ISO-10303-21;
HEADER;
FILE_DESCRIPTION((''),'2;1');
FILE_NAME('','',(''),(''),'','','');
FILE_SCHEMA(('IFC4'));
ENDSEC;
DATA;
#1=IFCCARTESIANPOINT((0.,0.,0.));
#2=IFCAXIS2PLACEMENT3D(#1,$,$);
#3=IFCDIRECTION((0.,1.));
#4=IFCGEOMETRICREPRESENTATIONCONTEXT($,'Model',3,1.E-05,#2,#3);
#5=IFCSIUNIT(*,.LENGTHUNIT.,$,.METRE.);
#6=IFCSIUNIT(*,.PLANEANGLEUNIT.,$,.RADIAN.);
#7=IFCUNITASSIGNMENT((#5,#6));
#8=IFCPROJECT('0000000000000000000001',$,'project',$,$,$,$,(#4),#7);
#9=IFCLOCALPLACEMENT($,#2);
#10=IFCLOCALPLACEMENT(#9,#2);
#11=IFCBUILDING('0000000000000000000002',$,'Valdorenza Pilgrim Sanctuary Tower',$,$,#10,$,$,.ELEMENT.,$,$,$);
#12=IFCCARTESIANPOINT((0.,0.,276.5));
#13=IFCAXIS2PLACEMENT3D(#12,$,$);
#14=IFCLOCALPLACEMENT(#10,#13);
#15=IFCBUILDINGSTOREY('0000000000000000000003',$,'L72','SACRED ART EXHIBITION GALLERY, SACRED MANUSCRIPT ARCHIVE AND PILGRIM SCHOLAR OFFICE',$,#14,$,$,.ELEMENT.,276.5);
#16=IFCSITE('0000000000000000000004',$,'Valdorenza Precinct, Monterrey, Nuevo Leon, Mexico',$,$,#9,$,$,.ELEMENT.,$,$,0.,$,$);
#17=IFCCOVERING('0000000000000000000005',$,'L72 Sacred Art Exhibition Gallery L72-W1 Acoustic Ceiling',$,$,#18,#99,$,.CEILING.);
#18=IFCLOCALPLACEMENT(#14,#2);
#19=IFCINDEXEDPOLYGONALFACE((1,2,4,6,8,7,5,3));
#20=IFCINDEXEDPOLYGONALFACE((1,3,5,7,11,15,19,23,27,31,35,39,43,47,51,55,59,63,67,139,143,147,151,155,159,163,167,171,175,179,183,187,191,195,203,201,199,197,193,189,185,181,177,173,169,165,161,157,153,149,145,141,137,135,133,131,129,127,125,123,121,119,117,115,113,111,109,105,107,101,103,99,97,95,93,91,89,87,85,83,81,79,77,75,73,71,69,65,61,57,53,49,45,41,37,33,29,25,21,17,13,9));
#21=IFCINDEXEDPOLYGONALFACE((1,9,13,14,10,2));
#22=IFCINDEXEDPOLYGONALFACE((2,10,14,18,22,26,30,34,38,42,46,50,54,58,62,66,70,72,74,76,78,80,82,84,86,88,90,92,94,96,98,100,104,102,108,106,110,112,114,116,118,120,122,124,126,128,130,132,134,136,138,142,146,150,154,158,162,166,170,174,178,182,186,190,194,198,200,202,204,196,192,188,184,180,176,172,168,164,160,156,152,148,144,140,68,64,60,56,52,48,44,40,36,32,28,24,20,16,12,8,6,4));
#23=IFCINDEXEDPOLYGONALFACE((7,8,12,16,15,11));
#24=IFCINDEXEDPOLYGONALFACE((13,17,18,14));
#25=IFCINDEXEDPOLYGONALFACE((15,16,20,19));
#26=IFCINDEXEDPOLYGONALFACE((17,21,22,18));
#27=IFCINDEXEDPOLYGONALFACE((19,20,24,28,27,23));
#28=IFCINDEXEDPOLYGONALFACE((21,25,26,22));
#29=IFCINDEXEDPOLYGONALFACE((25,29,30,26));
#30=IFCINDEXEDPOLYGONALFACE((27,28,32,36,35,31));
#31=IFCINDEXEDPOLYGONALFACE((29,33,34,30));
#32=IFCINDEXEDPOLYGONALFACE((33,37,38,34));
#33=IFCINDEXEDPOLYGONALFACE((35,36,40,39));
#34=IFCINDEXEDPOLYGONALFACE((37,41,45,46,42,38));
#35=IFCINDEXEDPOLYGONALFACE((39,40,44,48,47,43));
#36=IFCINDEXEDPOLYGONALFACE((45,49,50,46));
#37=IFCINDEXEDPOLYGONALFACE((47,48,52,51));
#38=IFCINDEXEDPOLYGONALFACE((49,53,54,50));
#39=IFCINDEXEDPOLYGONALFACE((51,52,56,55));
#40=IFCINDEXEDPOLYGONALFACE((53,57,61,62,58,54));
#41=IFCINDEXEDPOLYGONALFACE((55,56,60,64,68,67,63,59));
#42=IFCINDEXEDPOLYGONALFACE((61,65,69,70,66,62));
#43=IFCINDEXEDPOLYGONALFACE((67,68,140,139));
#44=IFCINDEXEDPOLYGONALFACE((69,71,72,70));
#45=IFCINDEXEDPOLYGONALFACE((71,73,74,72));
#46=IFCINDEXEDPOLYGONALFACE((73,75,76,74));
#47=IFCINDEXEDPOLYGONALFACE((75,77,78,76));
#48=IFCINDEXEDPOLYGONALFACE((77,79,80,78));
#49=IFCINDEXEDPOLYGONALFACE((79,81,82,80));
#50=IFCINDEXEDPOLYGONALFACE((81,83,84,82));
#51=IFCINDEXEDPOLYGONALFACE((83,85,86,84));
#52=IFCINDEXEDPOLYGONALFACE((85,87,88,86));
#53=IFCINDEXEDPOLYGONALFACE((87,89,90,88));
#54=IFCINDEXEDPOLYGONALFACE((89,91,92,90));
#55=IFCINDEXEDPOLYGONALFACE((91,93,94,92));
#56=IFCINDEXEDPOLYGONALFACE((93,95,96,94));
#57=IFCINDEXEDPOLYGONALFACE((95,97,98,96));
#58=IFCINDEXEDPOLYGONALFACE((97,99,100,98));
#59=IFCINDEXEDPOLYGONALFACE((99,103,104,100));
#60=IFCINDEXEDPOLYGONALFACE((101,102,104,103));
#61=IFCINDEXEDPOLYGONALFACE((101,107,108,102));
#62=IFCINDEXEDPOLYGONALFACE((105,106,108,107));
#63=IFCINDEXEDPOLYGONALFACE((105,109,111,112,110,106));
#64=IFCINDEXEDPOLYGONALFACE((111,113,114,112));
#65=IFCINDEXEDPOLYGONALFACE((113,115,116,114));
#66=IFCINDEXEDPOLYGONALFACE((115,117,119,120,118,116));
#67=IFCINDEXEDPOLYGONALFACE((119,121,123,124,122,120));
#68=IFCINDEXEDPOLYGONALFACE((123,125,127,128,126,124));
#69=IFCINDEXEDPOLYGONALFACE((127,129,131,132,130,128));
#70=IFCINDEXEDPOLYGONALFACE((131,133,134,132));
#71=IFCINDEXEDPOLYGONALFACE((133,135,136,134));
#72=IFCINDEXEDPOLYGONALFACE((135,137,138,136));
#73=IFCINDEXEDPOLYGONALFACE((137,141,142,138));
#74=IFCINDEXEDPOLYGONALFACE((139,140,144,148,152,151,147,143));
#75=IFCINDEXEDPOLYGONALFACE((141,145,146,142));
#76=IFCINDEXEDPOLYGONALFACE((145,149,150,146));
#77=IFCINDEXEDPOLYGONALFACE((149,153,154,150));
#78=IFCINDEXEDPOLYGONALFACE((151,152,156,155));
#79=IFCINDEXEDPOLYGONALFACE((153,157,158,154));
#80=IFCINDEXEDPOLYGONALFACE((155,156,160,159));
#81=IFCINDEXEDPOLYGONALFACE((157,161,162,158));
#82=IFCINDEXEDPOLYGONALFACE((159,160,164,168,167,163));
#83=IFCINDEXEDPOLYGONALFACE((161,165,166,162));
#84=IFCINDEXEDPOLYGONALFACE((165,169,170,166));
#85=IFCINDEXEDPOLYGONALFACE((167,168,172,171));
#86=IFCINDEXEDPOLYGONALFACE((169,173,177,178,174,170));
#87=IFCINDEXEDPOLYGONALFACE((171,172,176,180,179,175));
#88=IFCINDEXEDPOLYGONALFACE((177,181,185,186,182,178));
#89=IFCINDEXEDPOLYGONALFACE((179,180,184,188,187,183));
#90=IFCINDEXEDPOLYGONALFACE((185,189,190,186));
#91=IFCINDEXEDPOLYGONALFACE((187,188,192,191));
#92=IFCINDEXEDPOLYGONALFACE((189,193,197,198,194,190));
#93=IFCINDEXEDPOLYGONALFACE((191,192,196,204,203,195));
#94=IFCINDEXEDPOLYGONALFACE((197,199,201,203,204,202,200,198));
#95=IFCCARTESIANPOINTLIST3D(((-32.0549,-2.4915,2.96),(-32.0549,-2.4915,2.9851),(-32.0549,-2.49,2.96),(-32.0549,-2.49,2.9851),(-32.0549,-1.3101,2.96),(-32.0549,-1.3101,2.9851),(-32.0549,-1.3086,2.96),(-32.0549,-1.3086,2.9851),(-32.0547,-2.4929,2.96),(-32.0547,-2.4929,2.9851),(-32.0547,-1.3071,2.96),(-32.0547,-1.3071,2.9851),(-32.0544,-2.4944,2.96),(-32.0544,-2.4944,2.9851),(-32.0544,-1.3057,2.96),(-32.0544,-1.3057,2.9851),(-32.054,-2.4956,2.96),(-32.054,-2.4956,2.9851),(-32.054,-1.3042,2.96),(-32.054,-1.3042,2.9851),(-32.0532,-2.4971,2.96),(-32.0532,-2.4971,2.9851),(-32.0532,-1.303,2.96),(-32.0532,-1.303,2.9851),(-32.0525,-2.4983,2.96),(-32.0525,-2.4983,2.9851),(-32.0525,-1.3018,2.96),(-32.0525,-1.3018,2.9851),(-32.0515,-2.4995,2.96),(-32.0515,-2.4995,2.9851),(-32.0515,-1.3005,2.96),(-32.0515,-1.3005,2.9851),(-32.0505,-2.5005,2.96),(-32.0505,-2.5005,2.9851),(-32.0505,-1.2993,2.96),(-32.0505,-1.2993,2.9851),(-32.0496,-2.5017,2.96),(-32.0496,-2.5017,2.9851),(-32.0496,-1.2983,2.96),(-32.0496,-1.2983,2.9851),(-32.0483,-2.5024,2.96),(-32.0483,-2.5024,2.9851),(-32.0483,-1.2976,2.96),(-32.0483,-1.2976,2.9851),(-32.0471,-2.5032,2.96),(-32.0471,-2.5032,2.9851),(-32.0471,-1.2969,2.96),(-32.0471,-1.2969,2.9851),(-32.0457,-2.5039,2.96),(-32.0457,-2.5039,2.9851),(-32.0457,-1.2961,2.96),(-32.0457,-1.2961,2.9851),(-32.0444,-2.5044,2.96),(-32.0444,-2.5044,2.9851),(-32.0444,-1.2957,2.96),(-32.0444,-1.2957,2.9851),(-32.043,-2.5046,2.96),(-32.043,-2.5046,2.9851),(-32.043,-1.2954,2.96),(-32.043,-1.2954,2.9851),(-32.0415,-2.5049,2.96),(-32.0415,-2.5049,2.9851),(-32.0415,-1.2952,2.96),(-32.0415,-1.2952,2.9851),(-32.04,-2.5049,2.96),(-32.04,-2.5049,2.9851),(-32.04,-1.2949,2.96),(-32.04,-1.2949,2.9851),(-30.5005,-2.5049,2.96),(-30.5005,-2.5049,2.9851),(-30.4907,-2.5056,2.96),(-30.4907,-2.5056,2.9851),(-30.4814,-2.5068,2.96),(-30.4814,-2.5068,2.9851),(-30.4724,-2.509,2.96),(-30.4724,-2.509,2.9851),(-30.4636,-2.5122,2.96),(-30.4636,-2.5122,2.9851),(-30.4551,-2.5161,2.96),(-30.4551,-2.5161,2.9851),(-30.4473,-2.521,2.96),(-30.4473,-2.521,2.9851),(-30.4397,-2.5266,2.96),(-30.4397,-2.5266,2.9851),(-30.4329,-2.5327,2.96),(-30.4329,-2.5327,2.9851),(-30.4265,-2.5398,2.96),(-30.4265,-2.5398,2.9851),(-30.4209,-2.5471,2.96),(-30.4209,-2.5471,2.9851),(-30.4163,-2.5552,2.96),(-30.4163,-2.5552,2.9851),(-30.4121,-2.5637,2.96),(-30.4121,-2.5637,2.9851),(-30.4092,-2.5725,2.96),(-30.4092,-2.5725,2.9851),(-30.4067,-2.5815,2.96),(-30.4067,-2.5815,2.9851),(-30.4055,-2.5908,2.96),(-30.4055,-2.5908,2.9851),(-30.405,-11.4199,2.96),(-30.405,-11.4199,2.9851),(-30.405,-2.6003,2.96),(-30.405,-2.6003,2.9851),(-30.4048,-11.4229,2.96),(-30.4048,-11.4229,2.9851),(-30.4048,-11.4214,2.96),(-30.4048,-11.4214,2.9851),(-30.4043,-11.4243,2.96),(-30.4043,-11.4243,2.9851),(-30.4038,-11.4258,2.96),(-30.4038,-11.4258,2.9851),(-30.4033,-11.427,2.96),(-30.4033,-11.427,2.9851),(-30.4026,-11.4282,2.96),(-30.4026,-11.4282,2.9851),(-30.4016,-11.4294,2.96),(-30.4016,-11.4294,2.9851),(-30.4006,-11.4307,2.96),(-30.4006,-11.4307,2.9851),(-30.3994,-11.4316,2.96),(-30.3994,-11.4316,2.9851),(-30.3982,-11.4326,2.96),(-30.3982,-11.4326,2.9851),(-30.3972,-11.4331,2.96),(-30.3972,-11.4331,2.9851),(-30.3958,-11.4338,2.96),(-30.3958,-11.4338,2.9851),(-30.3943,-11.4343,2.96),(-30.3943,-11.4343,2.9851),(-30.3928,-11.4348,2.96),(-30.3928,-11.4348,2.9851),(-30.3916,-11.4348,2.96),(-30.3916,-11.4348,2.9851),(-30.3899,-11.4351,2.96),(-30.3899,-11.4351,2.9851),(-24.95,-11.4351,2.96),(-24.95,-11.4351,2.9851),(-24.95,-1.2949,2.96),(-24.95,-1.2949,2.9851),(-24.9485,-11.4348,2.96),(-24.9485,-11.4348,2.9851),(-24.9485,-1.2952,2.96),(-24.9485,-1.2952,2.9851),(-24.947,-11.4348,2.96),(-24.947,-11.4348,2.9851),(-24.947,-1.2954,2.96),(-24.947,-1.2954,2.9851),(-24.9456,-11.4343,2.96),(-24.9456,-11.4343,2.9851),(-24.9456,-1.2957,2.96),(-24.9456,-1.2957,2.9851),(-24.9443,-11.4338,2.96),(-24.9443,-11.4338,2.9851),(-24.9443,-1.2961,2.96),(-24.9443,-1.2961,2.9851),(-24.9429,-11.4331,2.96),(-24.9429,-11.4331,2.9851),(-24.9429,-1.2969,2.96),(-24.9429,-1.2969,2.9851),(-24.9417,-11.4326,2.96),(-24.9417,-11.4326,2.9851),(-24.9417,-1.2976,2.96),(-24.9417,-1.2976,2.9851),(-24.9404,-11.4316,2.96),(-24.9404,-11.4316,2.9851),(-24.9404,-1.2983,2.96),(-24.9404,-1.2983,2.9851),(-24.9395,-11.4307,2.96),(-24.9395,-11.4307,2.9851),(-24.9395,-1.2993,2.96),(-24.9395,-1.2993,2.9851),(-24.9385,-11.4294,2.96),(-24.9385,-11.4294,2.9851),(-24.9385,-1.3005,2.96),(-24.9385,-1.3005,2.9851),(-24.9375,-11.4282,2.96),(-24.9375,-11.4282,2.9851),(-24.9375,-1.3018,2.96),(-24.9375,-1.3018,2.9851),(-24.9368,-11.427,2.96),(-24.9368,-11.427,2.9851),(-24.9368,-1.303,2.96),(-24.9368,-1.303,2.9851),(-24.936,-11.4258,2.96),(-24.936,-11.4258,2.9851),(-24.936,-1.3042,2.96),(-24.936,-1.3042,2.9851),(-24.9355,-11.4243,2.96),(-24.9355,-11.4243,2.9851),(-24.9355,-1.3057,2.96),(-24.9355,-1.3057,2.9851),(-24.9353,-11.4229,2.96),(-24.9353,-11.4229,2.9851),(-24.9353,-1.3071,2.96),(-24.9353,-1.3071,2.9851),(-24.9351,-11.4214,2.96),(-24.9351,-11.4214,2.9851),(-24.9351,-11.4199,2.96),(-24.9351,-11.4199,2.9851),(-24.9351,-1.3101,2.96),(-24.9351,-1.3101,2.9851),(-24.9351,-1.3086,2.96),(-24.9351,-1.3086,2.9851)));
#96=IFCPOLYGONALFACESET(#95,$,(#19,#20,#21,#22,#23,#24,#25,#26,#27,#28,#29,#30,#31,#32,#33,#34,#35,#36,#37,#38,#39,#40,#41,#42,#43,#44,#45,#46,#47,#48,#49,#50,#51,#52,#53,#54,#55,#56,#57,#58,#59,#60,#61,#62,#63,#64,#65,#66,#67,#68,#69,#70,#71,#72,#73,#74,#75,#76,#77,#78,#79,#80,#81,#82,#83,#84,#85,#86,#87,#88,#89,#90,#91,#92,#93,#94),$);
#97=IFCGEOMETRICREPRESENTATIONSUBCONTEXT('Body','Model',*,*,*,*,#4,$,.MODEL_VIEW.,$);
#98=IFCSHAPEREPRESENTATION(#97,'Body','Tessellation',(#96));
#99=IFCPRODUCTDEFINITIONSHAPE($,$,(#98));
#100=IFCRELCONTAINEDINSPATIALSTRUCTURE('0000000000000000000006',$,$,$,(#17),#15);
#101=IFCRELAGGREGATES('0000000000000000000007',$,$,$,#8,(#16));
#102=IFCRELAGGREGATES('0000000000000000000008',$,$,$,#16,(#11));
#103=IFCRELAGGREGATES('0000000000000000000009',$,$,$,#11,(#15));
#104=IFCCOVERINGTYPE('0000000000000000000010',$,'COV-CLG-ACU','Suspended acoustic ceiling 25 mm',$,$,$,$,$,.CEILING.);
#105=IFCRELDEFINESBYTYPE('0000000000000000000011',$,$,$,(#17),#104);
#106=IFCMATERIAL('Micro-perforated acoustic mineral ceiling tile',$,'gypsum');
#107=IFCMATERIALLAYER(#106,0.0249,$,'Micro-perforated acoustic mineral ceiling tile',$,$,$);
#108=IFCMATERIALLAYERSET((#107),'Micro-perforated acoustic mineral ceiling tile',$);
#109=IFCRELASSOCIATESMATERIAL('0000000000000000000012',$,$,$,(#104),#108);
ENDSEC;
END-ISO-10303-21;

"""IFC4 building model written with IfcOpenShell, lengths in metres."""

from ifc_helpers import new_model, si_unit, direction, frame, origin, place, context, subcontext, project, spatial, polyline, outline, extrude, material, layer, layer_set, type_object, element, save


model = new_model("IFC4")

# Units and contexts
model_context = context("Model", 3, precision=1e-05, world=origin(), true_north=direction((0.0, 1.0)))
body_context = subcontext(model_context, "Body", "Model", "MODEL_VIEW")
ifc_project = project(units=[si_unit("LENGTHUNIT", "METRE"), si_unit("PLANEANGLEUNIT", "RADIAN")], contexts=[model_context])

# Site, building, storey
site_placement = place(None, origin())
site = spatial("IfcSite", under=ifc_project, at=site_placement, Name="Valdorenza Precinct, Monterrey, Nuevo Leon, Mexico", CompositionType="ELEMENT", RefElevation=0.0)
building_placement = place(site_placement, origin())
building = spatial("IfcBuilding", under=site, at=building_placement, Name="Valdorenza Pilgrim Sanctuary Tower", CompositionType="ELEMENT")
storey_placement = place(building_placement, frame((0.0, 0.0, 276.5)))
storey = spatial("IfcBuildingStorey", under=building, at=storey_placement, Name="L72", Description="SACRED ART EXHIBITION GALLERY, SACRED MANUSCRIPT ARCHIVE AND PILGRIM SCHOLAR OFFICE", CompositionType="ELEMENT", Elevation=276.5)

# Covering
ifc_material_1 = material(Name="Micro-perforated acoustic mineral ceiling tile", Category="gypsum")
ifc_layer_1 = layer(ifc_material_1, 0.0249, Name="Micro-perforated acoustic mineral ceiling tile")
ifc_layer_set_1 = layer_set([ifc_layer_1], Name="Micro-perforated acoustic mineral ceiling tile")
covering_type_1 = type_object("IfcCoveringType", Name="COV-CLG-ACU", Description="Suspended acoustic ceiling 25 mm", PredefinedType="CEILING", material=ifc_layer_set_1)
covering_1_placement = place(storey_placement, frame((0.0, 0.0, 2.96)))
element("IfcCovering", 1, at=covering_1_placement, inside=storey, type_object=covering_type_1, Name="L72 Sacred Art Exhibition Gallery L72-W1 Acoustic Ceiling", PredefinedType="CEILING", context=body_context, shape_type="SweptSolid", body=[
    extrude(outline(polyline([(-24.9351, -11.4199), (-24.9351, -11.4214), (-24.9353, -11.4229), (-24.9355, -11.4243), (-24.936, -11.4258), (-24.9368, -11.427), (-24.9375, -11.4282), (-24.9385, -11.4294), (-24.9395, -11.4307), (-24.9404, -11.4316), (-24.9417, -11.4326), (-24.9429, -11.4331), (-24.9443, -11.4338), (-24.9456, -11.4343), (-24.947, -11.4348), (-24.9485, -11.4348), (-24.95, -11.4351), (-30.3899, -11.4351), (-30.3916, -11.4348), (-30.3928, -11.4348), (-30.3943, -11.4343), (-30.3958, -11.4338), (-30.3972, -11.4331), (-30.3982, -11.4326), (-30.3994, -11.4316), (-30.4006, -11.4307), (-30.4016, -11.4294), (-30.4026, -11.4282), (-30.4033, -11.427), (-30.4038, -11.4258), (-30.4043, -11.4243), (-30.4048, -11.4229), (-30.4048, -11.4214), (-30.405, -11.4199), (-30.405, -2.6003), (-30.4055, -2.5908), (-30.4067, -2.5815), (-30.4092, -2.5725), (-30.4121, -2.5637), (-30.4163, -2.5552), (-30.4209, -2.5471), (-30.4265, -2.5398), (-30.4329, -2.5327), (-30.4397, -2.5266), (-30.4473, -2.521), (-30.4551, -2.5161), (-30.4636, -2.5122), (-30.4724, -2.509), (-30.4814, -2.5068), (-30.4907, -2.5056), (-30.5005, -2.5049), (-32.04, -2.5049), (-32.0415, -2.5049), (-32.043, -2.5046), (-32.0444, -2.5044), (-32.0457, -2.5039), (-32.0471, -2.5032), (-32.0483, -2.5024), (-32.0496, -2.5017), (-32.0505, -2.5005), (-32.0515, -2.4995), (-32.0525, -2.4983), (-32.0532, -2.4971), (-32.054, -2.4956), (-32.0544, -2.4944), (-32.0547, -2.4929), (-32.0549, -2.4915), (-32.0549, -2.49), (-32.0549, -1.3101), (-32.0549, -1.3086), (-32.0547, -1.3071), (-32.0544, -1.3057), (-32.054, -1.3042), (-32.0532, -1.303), (-32.0525, -1.3018), (-32.0515, -1.3005), (-32.0505, -1.2993), (-32.0496, -1.2983), (-32.0483, -1.2976), (-32.0471, -1.2969), (-32.0457, -1.2961), (-32.0444, -1.2957), (-32.043, -1.2954), (-32.0415, -1.2952), (-32.04, -1.2949), (-24.95, -1.2949), (-24.9485, -1.2952), (-24.947, -1.2954), (-24.9456, -1.2957), (-24.9443, -1.2961), (-24.9429, -1.2969), (-24.9417, -1.2976), (-24.9404, -1.2983), (-24.9395, -1.2993), (-24.9385, -1.3005), (-24.9375, -1.3018), (-24.9368, -1.303), (-24.936, -1.3042), (-24.9355, -1.3057), (-24.9353, -1.3071), (-24.9351, -1.3086), (-24.9351, -1.3101), (-24.9351, -11.4199)])), origin(), (0.0, 0.0, 1.0), 0.0251),
])

save(model, "model.ifc")
